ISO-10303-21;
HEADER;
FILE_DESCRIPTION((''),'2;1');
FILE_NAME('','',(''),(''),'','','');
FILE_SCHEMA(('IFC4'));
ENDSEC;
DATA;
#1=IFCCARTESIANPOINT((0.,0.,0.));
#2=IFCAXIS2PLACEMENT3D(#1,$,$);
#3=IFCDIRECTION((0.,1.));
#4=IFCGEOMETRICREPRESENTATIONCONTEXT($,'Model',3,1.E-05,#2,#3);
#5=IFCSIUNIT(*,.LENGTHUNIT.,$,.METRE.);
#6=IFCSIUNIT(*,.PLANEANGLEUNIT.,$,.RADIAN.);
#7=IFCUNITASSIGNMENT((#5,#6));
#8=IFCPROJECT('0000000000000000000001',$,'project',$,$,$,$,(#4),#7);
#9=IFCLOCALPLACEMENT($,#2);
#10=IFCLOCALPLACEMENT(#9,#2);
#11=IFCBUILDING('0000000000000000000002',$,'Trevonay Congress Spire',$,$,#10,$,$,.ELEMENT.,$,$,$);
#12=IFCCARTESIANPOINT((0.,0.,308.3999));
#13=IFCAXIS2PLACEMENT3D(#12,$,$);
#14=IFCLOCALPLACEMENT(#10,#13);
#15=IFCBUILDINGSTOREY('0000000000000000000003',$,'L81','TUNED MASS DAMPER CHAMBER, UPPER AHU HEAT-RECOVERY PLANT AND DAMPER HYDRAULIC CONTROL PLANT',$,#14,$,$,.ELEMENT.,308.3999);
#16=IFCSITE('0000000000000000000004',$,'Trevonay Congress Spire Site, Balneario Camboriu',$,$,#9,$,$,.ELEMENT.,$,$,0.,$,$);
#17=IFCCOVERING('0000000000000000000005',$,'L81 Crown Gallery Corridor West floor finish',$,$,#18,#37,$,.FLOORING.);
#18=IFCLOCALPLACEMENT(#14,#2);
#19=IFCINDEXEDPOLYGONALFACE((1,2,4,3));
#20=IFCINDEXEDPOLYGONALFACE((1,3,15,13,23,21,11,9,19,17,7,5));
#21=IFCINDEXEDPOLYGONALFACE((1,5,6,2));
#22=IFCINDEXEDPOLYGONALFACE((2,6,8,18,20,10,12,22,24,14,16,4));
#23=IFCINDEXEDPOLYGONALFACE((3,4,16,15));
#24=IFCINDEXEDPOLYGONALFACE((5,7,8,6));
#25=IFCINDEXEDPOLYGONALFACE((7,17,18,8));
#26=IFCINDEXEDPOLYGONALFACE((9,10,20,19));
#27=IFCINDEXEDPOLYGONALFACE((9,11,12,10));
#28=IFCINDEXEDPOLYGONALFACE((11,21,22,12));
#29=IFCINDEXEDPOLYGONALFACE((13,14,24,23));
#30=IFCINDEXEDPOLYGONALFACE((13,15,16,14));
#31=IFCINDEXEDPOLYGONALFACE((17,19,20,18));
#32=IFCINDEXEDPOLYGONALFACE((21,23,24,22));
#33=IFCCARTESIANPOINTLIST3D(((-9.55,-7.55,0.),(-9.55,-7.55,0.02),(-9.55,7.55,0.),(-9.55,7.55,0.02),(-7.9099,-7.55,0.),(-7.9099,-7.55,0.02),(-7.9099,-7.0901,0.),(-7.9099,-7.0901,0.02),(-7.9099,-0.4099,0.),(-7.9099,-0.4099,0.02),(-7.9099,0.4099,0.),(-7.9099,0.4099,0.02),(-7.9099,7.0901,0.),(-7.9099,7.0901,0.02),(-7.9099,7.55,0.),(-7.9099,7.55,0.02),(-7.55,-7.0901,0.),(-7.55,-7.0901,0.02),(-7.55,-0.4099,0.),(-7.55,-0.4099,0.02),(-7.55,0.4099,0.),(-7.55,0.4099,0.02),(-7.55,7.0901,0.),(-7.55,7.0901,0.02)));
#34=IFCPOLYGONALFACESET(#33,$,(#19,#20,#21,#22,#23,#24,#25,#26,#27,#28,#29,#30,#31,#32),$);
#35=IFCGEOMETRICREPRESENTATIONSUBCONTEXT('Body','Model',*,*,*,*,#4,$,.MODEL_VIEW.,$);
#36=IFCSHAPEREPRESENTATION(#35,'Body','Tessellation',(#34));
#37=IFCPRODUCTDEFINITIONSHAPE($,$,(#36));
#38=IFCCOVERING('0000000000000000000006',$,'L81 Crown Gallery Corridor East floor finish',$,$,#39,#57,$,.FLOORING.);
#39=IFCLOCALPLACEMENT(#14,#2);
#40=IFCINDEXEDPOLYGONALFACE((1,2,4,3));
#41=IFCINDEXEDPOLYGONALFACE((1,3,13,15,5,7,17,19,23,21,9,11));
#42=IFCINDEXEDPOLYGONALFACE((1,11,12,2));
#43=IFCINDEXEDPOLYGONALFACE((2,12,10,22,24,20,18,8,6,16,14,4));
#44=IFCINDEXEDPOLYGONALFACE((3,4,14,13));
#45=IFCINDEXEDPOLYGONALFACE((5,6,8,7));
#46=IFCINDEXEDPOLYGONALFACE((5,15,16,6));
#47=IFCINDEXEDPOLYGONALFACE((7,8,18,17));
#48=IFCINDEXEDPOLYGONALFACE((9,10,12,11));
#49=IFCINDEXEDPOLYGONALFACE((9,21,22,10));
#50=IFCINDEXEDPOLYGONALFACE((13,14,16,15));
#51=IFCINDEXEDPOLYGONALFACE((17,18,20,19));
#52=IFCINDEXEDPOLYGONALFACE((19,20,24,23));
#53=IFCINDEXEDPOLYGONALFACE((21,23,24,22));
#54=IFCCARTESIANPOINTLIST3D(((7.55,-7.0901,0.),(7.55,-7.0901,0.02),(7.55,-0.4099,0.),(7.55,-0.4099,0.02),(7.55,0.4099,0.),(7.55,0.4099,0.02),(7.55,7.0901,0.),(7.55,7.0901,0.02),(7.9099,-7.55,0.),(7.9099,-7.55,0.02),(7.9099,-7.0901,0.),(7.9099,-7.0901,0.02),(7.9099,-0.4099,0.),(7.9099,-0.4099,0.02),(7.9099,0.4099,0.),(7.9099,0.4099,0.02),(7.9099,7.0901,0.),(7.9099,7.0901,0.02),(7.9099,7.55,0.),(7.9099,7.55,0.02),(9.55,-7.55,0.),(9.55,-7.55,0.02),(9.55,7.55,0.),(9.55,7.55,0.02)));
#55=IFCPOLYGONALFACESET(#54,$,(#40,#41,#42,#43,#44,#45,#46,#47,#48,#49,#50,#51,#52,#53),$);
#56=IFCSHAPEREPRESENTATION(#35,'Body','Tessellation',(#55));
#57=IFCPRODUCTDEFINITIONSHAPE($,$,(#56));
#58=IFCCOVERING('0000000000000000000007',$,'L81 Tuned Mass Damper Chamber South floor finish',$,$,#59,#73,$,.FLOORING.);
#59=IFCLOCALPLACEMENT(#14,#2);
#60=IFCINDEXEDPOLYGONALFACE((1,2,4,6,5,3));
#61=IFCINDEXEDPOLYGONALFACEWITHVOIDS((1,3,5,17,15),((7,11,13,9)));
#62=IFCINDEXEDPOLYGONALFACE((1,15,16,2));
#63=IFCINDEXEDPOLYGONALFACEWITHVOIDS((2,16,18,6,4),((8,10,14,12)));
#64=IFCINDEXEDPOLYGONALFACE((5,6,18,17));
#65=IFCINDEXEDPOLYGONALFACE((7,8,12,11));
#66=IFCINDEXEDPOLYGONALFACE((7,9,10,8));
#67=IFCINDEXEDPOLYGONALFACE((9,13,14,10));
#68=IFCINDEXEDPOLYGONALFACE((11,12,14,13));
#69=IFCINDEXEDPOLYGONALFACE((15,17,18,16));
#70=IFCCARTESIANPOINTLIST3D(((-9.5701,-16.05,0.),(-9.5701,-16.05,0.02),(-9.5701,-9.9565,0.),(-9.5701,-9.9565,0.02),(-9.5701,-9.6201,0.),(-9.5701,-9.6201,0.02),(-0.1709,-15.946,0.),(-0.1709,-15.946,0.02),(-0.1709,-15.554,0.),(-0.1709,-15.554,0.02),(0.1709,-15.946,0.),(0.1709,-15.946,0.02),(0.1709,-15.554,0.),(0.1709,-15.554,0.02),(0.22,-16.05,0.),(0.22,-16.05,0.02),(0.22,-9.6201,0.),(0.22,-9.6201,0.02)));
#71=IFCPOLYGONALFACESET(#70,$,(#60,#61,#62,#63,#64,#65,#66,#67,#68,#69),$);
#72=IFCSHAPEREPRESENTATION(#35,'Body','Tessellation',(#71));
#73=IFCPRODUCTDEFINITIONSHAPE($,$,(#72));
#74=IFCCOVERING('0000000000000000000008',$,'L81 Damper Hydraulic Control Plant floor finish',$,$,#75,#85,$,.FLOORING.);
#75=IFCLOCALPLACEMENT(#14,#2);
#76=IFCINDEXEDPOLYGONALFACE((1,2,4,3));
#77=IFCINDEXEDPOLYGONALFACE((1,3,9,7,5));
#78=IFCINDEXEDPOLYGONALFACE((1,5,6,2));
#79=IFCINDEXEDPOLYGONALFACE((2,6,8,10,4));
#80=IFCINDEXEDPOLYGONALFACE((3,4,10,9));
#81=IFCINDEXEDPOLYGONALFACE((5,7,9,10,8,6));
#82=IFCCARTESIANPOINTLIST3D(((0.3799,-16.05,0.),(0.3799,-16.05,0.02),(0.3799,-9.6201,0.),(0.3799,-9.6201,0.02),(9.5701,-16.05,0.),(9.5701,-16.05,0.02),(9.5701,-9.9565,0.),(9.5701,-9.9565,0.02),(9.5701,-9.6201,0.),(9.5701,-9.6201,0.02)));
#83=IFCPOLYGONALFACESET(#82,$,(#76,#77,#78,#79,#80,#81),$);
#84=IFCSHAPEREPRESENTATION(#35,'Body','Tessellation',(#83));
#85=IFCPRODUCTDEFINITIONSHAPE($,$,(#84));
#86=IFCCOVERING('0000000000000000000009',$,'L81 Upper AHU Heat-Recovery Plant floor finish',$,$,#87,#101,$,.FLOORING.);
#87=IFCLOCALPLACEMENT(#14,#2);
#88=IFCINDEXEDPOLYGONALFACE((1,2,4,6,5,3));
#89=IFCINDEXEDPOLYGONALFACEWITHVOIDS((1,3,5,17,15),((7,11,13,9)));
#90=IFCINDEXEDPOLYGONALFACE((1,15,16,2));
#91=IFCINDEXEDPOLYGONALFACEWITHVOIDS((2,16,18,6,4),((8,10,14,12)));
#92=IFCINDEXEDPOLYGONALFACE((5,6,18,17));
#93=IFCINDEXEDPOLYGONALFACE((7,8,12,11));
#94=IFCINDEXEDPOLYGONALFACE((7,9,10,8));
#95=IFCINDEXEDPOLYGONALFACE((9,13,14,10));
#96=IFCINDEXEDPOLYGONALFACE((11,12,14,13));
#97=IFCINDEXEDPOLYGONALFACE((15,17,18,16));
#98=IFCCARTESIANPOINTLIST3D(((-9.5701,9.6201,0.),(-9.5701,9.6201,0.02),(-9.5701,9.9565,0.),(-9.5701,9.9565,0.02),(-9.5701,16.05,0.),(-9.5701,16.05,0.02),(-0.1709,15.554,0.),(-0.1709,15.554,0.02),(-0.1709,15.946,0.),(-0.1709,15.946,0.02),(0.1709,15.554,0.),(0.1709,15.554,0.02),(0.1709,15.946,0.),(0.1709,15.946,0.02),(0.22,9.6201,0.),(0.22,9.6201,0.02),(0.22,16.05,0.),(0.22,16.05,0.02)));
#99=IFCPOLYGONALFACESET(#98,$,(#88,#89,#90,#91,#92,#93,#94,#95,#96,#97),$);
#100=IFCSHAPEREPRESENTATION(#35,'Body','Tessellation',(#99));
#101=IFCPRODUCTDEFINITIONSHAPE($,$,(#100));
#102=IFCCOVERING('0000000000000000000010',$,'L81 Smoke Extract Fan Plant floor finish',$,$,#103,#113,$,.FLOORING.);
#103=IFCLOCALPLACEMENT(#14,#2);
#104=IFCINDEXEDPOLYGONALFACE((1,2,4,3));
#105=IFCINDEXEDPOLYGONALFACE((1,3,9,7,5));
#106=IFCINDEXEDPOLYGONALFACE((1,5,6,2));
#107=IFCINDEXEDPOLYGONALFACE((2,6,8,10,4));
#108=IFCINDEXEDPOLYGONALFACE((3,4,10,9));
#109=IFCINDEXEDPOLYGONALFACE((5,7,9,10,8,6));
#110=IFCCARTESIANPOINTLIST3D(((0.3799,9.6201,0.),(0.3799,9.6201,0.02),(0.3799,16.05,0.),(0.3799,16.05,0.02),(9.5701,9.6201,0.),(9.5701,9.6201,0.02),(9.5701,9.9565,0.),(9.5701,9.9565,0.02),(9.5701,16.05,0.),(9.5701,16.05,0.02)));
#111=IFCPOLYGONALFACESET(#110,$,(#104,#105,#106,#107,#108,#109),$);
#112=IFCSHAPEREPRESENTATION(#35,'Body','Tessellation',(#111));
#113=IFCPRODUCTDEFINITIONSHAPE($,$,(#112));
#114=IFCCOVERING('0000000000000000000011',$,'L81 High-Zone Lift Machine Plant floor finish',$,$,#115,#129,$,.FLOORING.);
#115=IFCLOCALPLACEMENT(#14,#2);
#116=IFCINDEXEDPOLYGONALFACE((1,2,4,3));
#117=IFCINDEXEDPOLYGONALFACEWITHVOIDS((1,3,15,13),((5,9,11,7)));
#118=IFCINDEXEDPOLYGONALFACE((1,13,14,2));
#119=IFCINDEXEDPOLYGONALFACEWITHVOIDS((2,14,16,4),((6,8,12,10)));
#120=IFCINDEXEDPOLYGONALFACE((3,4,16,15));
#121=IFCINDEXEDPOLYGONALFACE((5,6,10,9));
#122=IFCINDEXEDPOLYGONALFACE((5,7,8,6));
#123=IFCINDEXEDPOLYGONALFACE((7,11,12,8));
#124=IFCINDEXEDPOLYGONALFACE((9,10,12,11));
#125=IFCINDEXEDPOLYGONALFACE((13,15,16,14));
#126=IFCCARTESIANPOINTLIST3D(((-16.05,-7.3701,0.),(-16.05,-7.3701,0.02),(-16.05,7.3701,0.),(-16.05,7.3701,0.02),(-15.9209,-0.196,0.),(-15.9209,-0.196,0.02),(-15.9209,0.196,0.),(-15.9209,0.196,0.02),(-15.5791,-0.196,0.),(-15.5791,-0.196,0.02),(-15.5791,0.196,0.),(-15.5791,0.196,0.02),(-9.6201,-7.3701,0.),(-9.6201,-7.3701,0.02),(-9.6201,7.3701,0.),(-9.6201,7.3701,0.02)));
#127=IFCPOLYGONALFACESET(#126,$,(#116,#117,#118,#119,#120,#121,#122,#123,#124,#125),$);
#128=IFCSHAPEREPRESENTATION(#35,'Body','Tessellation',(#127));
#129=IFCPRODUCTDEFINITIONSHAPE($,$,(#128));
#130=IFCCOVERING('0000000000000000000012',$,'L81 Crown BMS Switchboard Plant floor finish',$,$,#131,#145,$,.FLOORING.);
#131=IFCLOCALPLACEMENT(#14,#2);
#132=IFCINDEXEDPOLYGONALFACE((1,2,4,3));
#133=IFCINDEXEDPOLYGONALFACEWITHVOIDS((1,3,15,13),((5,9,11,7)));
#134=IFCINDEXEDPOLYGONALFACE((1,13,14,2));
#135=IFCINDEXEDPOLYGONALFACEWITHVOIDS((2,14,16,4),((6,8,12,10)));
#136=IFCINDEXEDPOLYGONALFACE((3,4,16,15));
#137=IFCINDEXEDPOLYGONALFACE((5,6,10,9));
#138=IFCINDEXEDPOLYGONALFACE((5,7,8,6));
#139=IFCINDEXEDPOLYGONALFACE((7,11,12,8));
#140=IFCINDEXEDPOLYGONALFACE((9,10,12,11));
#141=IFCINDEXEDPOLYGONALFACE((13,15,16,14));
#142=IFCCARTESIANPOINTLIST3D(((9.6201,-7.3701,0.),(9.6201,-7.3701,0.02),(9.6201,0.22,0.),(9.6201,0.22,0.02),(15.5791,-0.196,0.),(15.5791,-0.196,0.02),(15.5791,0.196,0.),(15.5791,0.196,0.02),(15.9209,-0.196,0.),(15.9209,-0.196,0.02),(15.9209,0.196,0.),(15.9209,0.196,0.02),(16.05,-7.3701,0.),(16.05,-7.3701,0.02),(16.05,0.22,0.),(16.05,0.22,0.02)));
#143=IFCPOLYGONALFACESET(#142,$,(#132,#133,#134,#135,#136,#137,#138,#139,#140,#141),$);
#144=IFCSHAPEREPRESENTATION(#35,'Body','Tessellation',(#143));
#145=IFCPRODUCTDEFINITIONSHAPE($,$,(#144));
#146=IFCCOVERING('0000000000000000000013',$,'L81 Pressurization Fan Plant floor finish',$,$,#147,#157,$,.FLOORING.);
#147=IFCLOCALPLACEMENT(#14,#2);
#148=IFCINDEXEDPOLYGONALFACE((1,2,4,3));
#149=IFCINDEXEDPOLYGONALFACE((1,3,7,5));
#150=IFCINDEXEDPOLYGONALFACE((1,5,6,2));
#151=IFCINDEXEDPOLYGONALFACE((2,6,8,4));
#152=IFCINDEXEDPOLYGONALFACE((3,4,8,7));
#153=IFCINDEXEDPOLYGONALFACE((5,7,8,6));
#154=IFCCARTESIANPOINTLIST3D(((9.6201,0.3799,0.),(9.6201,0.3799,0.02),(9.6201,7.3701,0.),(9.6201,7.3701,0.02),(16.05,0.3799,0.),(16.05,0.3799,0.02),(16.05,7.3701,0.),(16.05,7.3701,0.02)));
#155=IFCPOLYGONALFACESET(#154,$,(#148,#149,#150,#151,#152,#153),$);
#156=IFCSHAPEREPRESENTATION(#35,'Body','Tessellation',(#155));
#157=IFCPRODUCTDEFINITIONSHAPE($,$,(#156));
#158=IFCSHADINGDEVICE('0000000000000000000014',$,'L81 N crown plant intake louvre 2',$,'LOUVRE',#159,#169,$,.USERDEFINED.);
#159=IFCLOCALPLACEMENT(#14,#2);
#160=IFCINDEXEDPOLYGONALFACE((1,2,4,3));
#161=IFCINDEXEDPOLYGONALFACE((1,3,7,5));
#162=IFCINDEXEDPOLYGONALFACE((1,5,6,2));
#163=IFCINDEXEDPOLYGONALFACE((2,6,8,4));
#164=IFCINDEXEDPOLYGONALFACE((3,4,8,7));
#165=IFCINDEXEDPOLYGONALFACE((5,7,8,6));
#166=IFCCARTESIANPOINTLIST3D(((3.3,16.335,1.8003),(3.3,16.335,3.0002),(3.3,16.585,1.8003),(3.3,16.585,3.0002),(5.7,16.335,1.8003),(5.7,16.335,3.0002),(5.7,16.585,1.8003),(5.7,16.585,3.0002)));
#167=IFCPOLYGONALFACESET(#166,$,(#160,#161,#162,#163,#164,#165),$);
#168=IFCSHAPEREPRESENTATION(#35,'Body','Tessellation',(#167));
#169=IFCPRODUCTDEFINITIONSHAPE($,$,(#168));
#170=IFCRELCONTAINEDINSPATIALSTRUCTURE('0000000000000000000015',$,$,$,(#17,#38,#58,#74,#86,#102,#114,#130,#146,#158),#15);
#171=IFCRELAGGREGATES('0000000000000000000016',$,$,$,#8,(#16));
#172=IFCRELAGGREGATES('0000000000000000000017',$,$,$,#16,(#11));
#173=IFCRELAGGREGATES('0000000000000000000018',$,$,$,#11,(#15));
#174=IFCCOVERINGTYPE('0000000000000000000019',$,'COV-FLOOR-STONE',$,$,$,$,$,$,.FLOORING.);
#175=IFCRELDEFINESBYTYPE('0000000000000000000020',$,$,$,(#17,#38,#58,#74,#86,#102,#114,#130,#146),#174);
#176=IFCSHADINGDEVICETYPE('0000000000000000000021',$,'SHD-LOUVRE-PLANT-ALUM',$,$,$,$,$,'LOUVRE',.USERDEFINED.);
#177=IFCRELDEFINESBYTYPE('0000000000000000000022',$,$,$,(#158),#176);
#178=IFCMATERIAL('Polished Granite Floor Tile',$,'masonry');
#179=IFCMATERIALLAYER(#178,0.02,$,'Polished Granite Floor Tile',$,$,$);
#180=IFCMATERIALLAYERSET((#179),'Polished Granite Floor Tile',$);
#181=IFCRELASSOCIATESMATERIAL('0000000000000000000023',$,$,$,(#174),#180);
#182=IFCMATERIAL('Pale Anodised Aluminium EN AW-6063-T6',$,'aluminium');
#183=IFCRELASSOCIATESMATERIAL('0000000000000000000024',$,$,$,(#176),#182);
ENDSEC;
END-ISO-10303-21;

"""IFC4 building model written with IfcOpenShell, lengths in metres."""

from ifc_helpers import new_model, si_unit, direction, frame, origin, origin_2d, place, context, subcontext, project, spatial, polyline, rectangle, outline, extrude, material, layer, layer_set, type_object, element, save


model = new_model("IFC4")

# Units and contexts
model_context = context("Model", 3, precision=1e-05, world=origin(), true_north=direction((0.0, 1.0)))
body_context = subcontext(model_context, "Body", "Model", "MODEL_VIEW")
ifc_project = project(units=[si_unit("LENGTHUNIT", "METRE"), si_unit("PLANEANGLEUNIT", "RADIAN")], contexts=[model_context])

# Site, building, storey
site_placement = place(None, origin())
site = spatial("IfcSite", under=ifc_project, at=site_placement, Name="Trevonay Congress Spire Site, Balneario Camboriu", CompositionType="ELEMENT", RefElevation=0.0)
building_placement = place(site_placement, origin())
building = spatial("IfcBuilding", under=site, at=building_placement, Name="Trevonay Congress Spire", CompositionType="ELEMENT")
storey_placement = place(building_placement, frame((0.0, 0.0, 308.3999)))
storey = spatial("IfcBuildingStorey", under=building, at=storey_placement, Name="L81", Description="TUNED MASS DAMPER CHAMBER, UPPER AHU HEAT-RECOVERY PLANT AND DAMPER HYDRAULIC CONTROL PLANT", CompositionType="ELEMENT", Elevation=308.3999)

# Shared definitions
ifc_material_1 = material(Name="Pale Anodised Aluminium EN AW-6063-T6", Category="aluminium")

# Coverings
ifc_material_2 = material(Name="Polished Granite Floor Tile", Category="masonry")
ifc_layer_1 = layer(ifc_material_2, 0.02, Name="Polished Granite Floor Tile")
ifc_layer_set_1 = layer_set([ifc_layer_1], Name="Polished Granite Floor Tile")
covering_type_1 = type_object("IfcCoveringType", Name="COV-FLOOR-STONE", PredefinedType="FLOORING", material=ifc_layer_set_1)
covering_1_placement = place(storey_placement, origin())
element("IfcCovering", 1, at=covering_1_placement, inside=storey, type_object=covering_type_1, Name="L81 Crown Gallery Corridor West floor finish", PredefinedType="FLOORING", context=body_context, shape_type="SweptSolid", body=[
    extrude(outline(polyline([(-9.55, 7.55), (-7.9099, 7.55), (-7.9099, 7.0901), (-7.55, 7.0901), (-7.55, 0.4099), (-7.9099, 0.4099), (-7.9099, -0.4099), (-7.55, -0.4099), (-7.55, -7.0901), (-7.9099, -7.0901), (-7.9099, -7.55), (-9.55, -7.55), (-9.55, 7.55)])), origin(), (0.0, 0.0, 1.0), 0.02),
])
covering_2_placement = place(storey_placement, origin())
element("IfcCovering", 2, at=covering_2_placement, inside=storey, type_object=covering_type_1, Name="L81 Crown Gallery Corridor East floor finish", PredefinedType="FLOORING", context=body_context, shape_type="SweptSolid", body=[
    extrude(outline(polyline([(9.55, -7.55), (7.9099, -7.55), (7.9099, -7.0901), (7.55, -7.0901), (7.55, -0.4099), (7.9099, -0.4099), (7.9099, 0.4099), (7.55, 0.4099), (7.55, 7.0901), (7.9099, 7.0901), (7.9099, 7.55), (9.55, 7.55), (9.55, -7.55)])), origin(), (0.0, 0.0, 1.0), 0.02),
])
covering_3_placement = place(storey_placement, origin())
element("IfcCovering", 3, at=covering_3_placement, inside=storey, type_object=covering_type_1, Name="L81 Tuned Mass Damper Chamber South floor finish", PredefinedType="FLOORING", context=body_context, shape_type="SweptSolid", body=[
    extrude(outline(polyline([(0.22, -9.6201), (0.22, -16.05), (-9.5701, -16.05), (-9.5701, -9.9565), (-9.5701, -9.6201), (0.22, -9.6201)]), holes=[polyline([(-0.1709, -15.946), (0.1709, -15.946), (0.1709, -15.554), (-0.1709, -15.554), (-0.1709, -15.946)])]), origin(), (0.0, 0.0, 1.0), 0.02),
])
covering_4_placement = place(storey_placement, origin())
element("IfcCovering", 4, at=covering_4_placement, inside=storey, type_object=covering_type_1, Name="L81 Damper Hydraulic Control Plant floor finish", PredefinedType="FLOORING", context=body_context, shape_type="SweptSolid", body=[
    extrude(outline(polyline([(9.5701, -16.05), (0.3799, -16.05), (0.3799, -9.6201), (9.5701, -9.6201), (9.5701, -9.9565), (9.5701, -16.05)])), origin(), (0.0, 0.0, 1.0), 0.02),
])
covering_5_placement = place(storey_placement, origin())
element("IfcCovering", 5, at=covering_5_placement, inside=storey, type_object=covering_type_1, Name="L81 Upper AHU Heat-Recovery Plant floor finish", PredefinedType="FLOORING", context=body_context, shape_type="SweptSolid", body=[
    extrude(outline(polyline([(-9.5701, 16.05), (0.22, 16.05), (0.22, 9.6201), (-9.5701, 9.6201), (-9.5701, 9.9565), (-9.5701, 16.05)]), holes=[polyline([(-0.1709, 15.554), (0.1709, 15.554), (0.1709, 15.946), (-0.1709, 15.946), (-0.1709, 15.554)])]), origin(), (0.0, 0.0, 1.0), 0.02),
])
covering_6_placement = place(storey_placement, origin())
element("IfcCovering", 6, at=covering_6_placement, inside=storey, type_object=covering_type_1, Name="L81 Smoke Extract Fan Plant floor finish", PredefinedType="FLOORING", context=body_context, shape_type="SweptSolid", body=[
    extrude(outline(polyline([(0.3799, 9.6201), (0.3799, 16.05), (9.5701, 16.05), (9.5701, 9.9565), (9.5701, 9.6201), (0.3799, 9.6201)])), origin(), (0.0, 0.0, 1.0), 0.02),
])
covering_7_placement = place(storey_placement, origin())
element("IfcCovering", 7, at=covering_7_placement, inside=storey, type_object=covering_type_1, Name="L81 High-Zone Lift Machine Plant floor finish", PredefinedType="FLOORING", context=body_context, shape_type="SweptSolid", body=[
    extrude(outline(polyline([(-16.05, 7.3701), (-9.6201, 7.3701), (-9.6201, -7.3701), (-16.05, -7.3701), (-16.05, 7.3701)]), holes=[polyline([(-15.5791, -0.196), (-15.5791, 0.196), (-15.9209, 0.196), (-15.9209, -0.196), (-15.5791, -0.196)])]), origin(), (0.0, 0.0, 1.0), 0.02),
])
covering_8_placement = place(storey_placement, origin())
element("IfcCovering", 8, at=covering_8_placement, inside=storey, type_object=covering_type_1, Name="L81 Crown BMS Switchboard Plant floor finish", PredefinedType="FLOORING", context=body_context, shape_type="SweptSolid", body=[
    extrude(outline(polyline([(9.6201, 0.22), (16.05, 0.22), (16.05, -7.3701), (9.6201, -7.3701), (9.6201, 0.22)]), holes=[polyline([(15.9209, -0.196), (15.9209, 0.196), (15.5791, 0.196), (15.5791, -0.196), (15.9209, -0.196)])]), origin(), (0.0, 0.0, 1.0), 0.02),
])
covering_9_placement = place(storey_placement, origin())
element("IfcCovering", 9, at=covering_9_placement, inside=storey, type_object=covering_type_1, Name="L81 Pressurization Fan Plant floor finish", PredefinedType="FLOORING", context=body_context, shape_type="SweptSolid", body=[
    extrude(outline(polyline([(9.6201, 0.3799), (16.05, 0.3799), (16.05, 7.3701), (9.6201, 7.3701), (9.6201, 0.3799)])), origin(), (0.0, 0.0, 1.0), 0.02),
])

# Shading device
shading_device_type = type_object("IfcShadingDeviceType", Name="SHD-LOUVRE-PLANT-ALUM", ElementType="LOUVRE", PredefinedType="USERDEFINED", material=ifc_material_1)
shading_device_placement = place(storey_placement, frame((4.5, 16.46, 1.8003), z_axis=(0.0, 0.0, 1.0), x_axis=(1.0, 0.0, 0.0)))
element("IfcShadingDevice", 10, at=shading_device_placement, inside=storey, type_object=shading_device_type, Name="L81 N crown plant intake louvre 2", ObjectType="LOUVRE", PredefinedType="USERDEFINED", context=body_context, shape_type="SweptSolid", body=[
    extrude(rectangle(XDim=2.3999, YDim=0.25, at=origin_2d()), origin(), (0.0, 0.0, 1.0), 1.2),
])

save(model, "model.ifc")
